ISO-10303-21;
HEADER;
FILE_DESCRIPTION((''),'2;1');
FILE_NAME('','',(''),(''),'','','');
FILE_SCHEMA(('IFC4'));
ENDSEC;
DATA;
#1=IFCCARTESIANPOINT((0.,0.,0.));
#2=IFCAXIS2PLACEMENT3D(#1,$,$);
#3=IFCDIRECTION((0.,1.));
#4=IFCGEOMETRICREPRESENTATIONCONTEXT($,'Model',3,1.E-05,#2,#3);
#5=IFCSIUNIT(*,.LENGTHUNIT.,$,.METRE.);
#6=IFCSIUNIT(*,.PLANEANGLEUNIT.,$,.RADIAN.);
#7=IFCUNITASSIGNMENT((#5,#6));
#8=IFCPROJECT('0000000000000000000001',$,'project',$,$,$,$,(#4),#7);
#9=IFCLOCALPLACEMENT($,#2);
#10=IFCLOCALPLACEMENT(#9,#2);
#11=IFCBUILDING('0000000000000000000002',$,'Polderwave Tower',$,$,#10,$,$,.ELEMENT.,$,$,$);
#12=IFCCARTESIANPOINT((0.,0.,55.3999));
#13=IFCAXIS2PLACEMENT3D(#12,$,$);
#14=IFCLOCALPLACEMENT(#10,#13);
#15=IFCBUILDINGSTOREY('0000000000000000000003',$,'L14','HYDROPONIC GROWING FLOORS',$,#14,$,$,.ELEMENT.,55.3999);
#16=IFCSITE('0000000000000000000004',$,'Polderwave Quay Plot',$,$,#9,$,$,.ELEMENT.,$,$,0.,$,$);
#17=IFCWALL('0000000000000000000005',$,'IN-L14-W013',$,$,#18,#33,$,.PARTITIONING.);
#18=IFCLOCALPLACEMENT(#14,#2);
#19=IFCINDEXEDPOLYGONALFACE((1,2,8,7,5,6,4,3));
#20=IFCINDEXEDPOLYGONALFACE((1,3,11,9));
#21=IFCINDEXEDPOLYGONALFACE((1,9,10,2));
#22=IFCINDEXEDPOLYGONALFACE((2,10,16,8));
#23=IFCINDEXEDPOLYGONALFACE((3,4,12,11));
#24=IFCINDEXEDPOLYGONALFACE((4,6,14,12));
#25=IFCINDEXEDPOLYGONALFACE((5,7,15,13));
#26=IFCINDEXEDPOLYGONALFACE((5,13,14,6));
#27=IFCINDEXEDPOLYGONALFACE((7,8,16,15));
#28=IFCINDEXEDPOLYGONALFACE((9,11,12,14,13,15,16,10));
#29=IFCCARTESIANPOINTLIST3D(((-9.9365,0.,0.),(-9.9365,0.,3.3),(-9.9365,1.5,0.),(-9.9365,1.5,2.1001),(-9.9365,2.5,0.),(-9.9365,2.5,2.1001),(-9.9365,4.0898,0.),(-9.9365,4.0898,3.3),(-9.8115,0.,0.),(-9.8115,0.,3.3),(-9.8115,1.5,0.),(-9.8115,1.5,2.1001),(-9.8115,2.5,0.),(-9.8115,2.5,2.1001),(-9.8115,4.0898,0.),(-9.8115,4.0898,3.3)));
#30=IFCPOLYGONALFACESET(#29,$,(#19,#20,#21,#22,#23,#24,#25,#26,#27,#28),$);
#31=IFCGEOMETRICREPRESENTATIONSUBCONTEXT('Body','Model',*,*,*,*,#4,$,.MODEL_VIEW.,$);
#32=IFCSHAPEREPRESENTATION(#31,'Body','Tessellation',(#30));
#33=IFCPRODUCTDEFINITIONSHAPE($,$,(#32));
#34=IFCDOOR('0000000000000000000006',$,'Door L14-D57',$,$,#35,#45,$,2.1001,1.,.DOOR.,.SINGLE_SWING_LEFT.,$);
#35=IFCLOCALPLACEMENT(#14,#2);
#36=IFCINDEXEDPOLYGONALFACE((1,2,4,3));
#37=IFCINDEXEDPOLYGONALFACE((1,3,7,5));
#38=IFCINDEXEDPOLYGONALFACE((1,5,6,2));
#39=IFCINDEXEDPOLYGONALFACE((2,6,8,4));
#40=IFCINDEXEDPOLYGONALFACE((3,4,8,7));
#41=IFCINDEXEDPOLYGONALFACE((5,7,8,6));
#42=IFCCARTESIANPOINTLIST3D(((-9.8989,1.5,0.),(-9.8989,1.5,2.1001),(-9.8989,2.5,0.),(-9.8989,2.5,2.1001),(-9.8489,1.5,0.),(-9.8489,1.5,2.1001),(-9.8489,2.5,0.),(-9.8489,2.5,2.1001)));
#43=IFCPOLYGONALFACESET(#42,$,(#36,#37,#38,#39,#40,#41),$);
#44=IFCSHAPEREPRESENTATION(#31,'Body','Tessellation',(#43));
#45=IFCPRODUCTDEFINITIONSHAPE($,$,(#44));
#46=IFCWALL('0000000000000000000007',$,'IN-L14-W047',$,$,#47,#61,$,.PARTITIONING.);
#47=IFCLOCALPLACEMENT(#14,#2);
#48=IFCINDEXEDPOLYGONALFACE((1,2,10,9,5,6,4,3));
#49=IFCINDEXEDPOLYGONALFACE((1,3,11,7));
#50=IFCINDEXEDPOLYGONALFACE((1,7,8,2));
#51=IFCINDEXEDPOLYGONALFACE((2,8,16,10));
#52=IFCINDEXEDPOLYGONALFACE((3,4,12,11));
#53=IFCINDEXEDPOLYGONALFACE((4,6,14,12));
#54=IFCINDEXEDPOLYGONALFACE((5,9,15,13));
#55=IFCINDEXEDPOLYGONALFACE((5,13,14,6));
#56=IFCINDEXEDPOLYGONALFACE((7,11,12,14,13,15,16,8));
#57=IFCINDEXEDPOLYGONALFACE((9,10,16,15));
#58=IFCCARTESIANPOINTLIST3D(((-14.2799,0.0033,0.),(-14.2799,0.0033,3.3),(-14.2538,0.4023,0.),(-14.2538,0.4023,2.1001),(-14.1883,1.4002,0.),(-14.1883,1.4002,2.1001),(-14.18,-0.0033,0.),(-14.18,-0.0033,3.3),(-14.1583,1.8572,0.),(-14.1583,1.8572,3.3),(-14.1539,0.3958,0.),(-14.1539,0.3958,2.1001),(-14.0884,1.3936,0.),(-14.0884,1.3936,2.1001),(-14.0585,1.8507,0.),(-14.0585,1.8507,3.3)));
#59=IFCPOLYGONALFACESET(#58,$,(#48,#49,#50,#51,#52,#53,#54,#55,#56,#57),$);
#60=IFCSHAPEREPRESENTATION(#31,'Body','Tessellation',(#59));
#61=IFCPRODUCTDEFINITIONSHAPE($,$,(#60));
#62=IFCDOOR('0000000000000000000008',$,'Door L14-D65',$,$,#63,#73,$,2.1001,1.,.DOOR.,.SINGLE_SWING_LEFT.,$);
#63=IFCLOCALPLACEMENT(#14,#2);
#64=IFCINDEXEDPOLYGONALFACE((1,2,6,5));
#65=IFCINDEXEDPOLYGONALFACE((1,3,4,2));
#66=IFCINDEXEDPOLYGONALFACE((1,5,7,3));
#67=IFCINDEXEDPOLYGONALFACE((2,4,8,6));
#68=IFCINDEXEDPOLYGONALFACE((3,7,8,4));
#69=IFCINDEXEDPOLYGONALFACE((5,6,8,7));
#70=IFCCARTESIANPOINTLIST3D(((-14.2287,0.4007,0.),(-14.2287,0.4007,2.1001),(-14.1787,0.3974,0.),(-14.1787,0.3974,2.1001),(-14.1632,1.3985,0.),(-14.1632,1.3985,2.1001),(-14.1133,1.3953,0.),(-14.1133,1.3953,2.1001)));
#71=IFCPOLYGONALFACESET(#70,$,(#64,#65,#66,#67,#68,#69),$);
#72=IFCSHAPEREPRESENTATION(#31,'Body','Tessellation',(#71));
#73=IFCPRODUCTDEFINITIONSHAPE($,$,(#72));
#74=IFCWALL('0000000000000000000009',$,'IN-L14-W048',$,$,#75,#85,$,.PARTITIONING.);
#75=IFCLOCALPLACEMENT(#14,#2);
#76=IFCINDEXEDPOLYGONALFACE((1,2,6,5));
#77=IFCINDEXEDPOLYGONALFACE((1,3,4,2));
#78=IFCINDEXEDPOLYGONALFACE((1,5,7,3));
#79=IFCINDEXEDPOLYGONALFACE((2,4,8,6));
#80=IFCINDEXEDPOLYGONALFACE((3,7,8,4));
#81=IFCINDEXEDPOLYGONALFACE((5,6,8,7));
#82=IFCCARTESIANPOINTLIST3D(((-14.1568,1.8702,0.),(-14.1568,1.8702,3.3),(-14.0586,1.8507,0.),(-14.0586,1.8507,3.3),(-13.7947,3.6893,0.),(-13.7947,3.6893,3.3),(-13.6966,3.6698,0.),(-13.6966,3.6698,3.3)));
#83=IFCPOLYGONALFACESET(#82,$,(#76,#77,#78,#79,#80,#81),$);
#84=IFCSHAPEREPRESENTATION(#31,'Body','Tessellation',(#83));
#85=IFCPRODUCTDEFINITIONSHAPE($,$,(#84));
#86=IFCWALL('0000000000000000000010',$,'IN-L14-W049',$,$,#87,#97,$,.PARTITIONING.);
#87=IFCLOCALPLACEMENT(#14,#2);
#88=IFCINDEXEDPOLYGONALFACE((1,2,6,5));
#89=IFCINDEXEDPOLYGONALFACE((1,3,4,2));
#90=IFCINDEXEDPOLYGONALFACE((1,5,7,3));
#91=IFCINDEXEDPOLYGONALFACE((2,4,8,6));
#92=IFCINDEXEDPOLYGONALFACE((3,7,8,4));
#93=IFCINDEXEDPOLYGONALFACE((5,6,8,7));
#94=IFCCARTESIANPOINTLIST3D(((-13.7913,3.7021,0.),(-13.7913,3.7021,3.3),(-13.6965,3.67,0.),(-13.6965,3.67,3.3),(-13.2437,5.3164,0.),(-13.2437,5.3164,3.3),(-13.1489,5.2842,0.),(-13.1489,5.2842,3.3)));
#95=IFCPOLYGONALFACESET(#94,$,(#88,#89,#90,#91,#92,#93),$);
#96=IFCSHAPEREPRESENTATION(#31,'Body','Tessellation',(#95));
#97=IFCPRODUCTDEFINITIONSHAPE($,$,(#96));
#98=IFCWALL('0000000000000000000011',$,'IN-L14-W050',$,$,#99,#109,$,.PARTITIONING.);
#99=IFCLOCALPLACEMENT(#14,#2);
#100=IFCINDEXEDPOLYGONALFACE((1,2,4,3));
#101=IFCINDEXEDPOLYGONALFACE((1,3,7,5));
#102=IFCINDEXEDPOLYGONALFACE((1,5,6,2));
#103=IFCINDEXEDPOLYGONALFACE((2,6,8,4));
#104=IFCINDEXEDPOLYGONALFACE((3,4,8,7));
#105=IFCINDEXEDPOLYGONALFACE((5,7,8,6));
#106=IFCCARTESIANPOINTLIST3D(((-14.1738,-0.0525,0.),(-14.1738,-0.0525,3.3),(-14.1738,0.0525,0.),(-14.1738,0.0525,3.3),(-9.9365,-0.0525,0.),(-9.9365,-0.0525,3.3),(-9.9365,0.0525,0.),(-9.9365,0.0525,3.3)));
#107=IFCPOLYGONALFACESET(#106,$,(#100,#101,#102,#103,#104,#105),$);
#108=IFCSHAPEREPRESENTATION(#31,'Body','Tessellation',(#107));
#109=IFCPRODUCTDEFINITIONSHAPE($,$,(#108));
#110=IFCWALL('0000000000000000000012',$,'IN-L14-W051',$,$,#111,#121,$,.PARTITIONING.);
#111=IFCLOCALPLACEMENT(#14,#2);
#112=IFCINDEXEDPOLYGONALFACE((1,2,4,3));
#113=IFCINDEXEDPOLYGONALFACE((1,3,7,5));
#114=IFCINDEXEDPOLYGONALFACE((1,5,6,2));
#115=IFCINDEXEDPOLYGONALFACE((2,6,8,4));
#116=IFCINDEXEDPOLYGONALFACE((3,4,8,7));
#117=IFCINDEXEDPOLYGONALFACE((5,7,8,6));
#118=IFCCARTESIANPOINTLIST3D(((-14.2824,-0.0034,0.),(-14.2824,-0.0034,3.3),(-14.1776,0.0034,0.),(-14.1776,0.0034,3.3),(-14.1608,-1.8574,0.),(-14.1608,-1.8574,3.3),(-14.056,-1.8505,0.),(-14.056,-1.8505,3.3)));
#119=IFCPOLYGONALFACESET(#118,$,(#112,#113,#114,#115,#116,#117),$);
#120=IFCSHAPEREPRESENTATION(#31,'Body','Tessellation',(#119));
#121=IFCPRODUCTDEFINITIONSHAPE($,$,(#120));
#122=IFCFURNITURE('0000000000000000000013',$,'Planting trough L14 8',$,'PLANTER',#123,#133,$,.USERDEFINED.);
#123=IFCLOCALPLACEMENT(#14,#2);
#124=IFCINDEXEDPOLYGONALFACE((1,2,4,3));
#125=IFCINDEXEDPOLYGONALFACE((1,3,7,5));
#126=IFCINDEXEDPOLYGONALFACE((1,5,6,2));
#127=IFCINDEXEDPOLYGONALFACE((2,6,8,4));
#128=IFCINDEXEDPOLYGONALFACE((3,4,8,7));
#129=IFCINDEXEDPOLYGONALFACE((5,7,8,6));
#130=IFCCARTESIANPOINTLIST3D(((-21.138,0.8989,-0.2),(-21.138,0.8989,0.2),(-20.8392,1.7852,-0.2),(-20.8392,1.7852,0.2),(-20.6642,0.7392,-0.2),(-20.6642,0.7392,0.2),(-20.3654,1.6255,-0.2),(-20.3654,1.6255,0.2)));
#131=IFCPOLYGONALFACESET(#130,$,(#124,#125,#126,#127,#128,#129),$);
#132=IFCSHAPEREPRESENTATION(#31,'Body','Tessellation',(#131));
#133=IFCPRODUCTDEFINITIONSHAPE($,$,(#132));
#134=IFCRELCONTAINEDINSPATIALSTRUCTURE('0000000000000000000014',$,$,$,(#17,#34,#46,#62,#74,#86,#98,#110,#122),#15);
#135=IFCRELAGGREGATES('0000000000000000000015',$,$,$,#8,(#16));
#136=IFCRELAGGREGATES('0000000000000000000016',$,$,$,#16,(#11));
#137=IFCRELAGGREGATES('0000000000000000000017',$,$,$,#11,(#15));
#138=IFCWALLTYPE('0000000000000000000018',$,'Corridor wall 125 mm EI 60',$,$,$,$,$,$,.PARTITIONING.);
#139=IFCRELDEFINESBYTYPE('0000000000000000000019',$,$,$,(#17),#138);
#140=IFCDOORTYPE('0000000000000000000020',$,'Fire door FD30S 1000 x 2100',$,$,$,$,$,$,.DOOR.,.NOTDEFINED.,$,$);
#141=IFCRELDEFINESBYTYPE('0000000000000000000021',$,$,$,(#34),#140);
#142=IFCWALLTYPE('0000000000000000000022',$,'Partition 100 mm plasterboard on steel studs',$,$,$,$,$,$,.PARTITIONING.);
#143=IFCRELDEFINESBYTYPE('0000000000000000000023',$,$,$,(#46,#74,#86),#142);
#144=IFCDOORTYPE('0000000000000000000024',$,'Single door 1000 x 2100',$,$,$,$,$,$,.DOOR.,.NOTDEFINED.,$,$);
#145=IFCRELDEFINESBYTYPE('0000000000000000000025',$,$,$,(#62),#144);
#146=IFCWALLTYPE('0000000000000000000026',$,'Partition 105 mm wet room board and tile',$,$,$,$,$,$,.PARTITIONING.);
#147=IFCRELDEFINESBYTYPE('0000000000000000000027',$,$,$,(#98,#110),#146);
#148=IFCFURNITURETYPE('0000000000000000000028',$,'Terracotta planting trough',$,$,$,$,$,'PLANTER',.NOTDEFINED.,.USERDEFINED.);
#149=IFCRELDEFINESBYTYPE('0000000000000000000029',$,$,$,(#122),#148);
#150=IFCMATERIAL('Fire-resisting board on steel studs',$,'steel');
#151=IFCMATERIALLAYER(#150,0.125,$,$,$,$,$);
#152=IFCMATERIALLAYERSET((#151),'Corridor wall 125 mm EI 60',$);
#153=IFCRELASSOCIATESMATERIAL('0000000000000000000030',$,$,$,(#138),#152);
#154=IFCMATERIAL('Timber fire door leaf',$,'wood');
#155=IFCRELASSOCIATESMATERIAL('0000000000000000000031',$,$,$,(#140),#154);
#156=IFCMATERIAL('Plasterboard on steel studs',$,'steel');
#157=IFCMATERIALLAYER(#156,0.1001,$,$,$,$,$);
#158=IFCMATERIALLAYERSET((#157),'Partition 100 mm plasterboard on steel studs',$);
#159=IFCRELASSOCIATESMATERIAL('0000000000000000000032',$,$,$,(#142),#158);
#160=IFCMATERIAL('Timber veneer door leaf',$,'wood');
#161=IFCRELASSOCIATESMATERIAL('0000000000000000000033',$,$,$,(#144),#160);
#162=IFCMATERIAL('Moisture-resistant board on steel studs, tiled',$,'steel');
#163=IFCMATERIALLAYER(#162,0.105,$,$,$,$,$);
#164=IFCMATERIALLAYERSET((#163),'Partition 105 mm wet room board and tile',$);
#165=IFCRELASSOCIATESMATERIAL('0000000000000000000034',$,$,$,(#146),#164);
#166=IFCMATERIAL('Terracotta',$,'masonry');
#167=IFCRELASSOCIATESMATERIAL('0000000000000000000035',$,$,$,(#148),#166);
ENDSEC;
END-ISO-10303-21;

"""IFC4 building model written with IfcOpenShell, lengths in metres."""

from ifc_helpers import new_model, si_unit, direction, frame, frame_2d, origin, origin_2d, place, context, subcontext, project, spatial, rectangle, extrude, material, layer, layer_set, type_object, element, fill, save


model = new_model("IFC4")

# Units and contexts
model_context = context("Model", 3, precision=1e-05, world=origin(), true_north=direction((0.0, 1.0)))
body_context = subcontext(model_context, "Body", "Model", "MODEL_VIEW")
ifc_project = project(units=[si_unit("LENGTHUNIT", "METRE"), si_unit("PLANEANGLEUNIT", "RADIAN")], contexts=[model_context])

# Site, building, storey
site_placement = place(None, origin())
site = spatial("IfcSite", under=ifc_project, at=site_placement, Name="Polderwave Quay Plot", CompositionType="ELEMENT", RefElevation=0.0)
building_placement = place(site_placement, origin())
building = spatial("IfcBuilding", under=site, at=building_placement, Name="Polderwave Tower", CompositionType="ELEMENT")
storey_placement = place(building_placement, frame((0.0, 0.0, 55.3999)))
storey = spatial("IfcBuildingStorey", under=building, at=storey_placement, Name="L14", Description="HYDROPONIC GROWING FLOORS", CompositionType="ELEMENT", Elevation=55.3999)

# Walls, openings, doors
ifc_material_1 = material(Name="Fire-resisting board on steel studs", Category="steel")
ifc_layer_1 = layer(ifc_material_1, 0.125)
ifc_layer_set_1 = layer_set([ifc_layer_1], Name="Corridor wall 125 mm EI 60")
wall_type_1 = type_object("IfcWallType", Name="Corridor wall 125 mm EI 60", PredefinedType="PARTITIONING", material=ifc_layer_set_1)
wall_1_placement = place(storey_placement, frame((-9.874, 0.0, 0.0), z_axis=(0.0, 0.0, 1.0), x_axis=(0.0, 1.0, 0.0)))
wall_1 = element("IfcWall", 1, at=wall_1_placement, inside=storey, type_object=wall_type_1, Name="IN-L14-W013", PredefinedType="PARTITIONING", context=body_context, shape_type="SweptSolid", body=[
    extrude(rectangle(XDim=4.0898, YDim=0.125, at=frame_2d((2.0449, 0.0))), origin(), (0.0, 0.0, 1.0), 3.3),
])
opening_1_placement = place(wall_1_placement, frame((1.5, 0.0, 0.0)))
opening_1 = element("IfcOpeningElement", 2, at=opening_1_placement, cuts=wall_1, PredefinedType="OPENING", context=body_context, shape_type="SweptSolid", body=[
    extrude(rectangle(XDim=1.0, YDim=2.1001, at=frame_2d((0.5, 1.05))), frame((0.0, 0.0725, 0.0), z_axis=(0.0, -1.0, 0.0), x_axis=(1.0, 0.0, 0.0)), (0.0, 0.0, 1.0), 0.145),
])
ifc_material_2 = material(Name="Timber fire door leaf", Category="wood")
door_type_1 = type_object("IfcDoorType", Name="Fire door FD30S 1000 x 2100", OperationType="NOTDEFINED", PredefinedType="DOOR", material=ifc_material_2)
door_1_placement = place(opening_1_placement, origin())
door_1 = element("IfcDoor", 3, at=door_1_placement, inside=storey, type_object=door_type_1, Name="Door L14-D57", OperationType="SINGLE_SWING_LEFT", OverallHeight=2.1001, OverallWidth=1.0, PredefinedType="DOOR", context=body_context, shape_type="SweptSolid", body=[
    extrude(rectangle(XDim=1.0, YDim=2.1001, at=frame_2d((0.5, 1.05))), frame((0.0, 0.0249, 0.0), z_axis=(0.0, -1.0, 0.0), x_axis=(1.0, 0.0, 0.0)), (0.0, 0.0, 1.0), 0.05),
])
fill(opening_1, door_1)
ifc_material_3 = material(Name="Plasterboard on steel studs", Category="steel")
ifc_layer_2 = layer(ifc_material_3, 0.1001)
ifc_layer_set_2 = layer_set([ifc_layer_2], Name="Partition 100 mm plasterboard on steel studs")
wall_type_2 = type_object("IfcWallType", Name="Partition 100 mm plasterboard on steel studs", PredefinedType="PARTITIONING", material=ifc_layer_set_2)
wall_2_placement = place(storey_placement, frame((-14.23, 0.0, 0.0), z_axis=(0.0, 0.0, 1.0), x_axis=(0.065438, 0.997857, 0.0)))
wall_2 = element("IfcWall", 4, at=wall_2_placement, inside=storey, type_object=wall_type_2, Name="IN-L14-W047", PredefinedType="PARTITIONING", context=body_context, shape_type="SweptSolid", body=[
    extrude(rectangle(XDim=1.8579, YDim=0.1001, at=frame_2d((0.929, 0.0))), origin(), (0.0, 0.0, 1.0), 3.3),
])
opening_2_placement = place(wall_2_placement, frame((0.3999, 0.0, 0.0)))
opening_2 = element("IfcOpeningElement", 5, at=opening_2_placement, cuts=wall_2, PredefinedType="OPENING", context=body_context, shape_type="SweptSolid", body=[
    extrude(rectangle(XDim=1.0, YDim=2.1001, at=frame_2d((0.5, 1.05))), frame((0.0, 0.0601, 0.0), z_axis=(0.0, -1.0, 0.0), x_axis=(1.0, 0.0, 0.0)), (0.0, 0.0, 1.0), 0.1201),
])
ifc_material_4 = material(Name="Timber veneer door leaf", Category="wood")
door_type_2 = type_object("IfcDoorType", Name="Single door 1000 x 2100", OperationType="NOTDEFINED", PredefinedType="DOOR", material=ifc_material_4)
door_2_placement = place(opening_2_placement, origin())
door_2 = element("IfcDoor", 6, at=door_2_placement, inside=storey, type_object=door_type_2, Name="Door L14-D65", OperationType="SINGLE_SWING_LEFT", OverallHeight=2.1001, OverallWidth=1.0, PredefinedType="DOOR", context=body_context, shape_type="SweptSolid", body=[
    extrude(rectangle(XDim=1.0, YDim=2.1001, at=frame_2d((0.5, 1.05))), frame((0.0, 0.0249, 0.0), z_axis=(0.0, -1.0, 0.0), x_axis=(1.0, 0.0, 0.0)), (0.0, 0.0, 1.0), 0.05),
])
fill(opening_2, door_2)

# Walls
wall_3_placement = place(storey_placement, frame((-14.1077, 1.8606, 0.0), z_axis=(0.0, 0.0, 1.0), x_axis=(0.195205, 0.980763, 0.0)))
element("IfcWall", 7, at=wall_3_placement, inside=storey, type_object=wall_type_2, Name="IN-L14-W048", PredefinedType="PARTITIONING", context=body_context, shape_type="SweptSolid", body=[
    extrude(rectangle(XDim=1.8547, YDim=0.1001, at=frame_2d((0.9272, 0.0))), origin(), (0.0, 0.0, 1.0), 3.3),
])
wall_4_placement = place(storey_placement, frame((-13.7439, 3.686, 0.0), z_axis=(0.0, 0.0, 1.0), x_axis=(0.32125, 0.946994, 0.0)))
element("IfcWall", 8, at=wall_4_placement, inside=storey, type_object=wall_type_2, Name="IN-L14-W049", PredefinedType="PARTITIONING", context=body_context, shape_type="SweptSolid", body=[
    extrude(rectangle(XDim=1.7046, YDim=0.1001, at=frame_2d((0.8523, 0.0))), origin(), (0.0, 0.0, 1.0), 3.3),
])
ifc_material_5 = material(Name="Moisture-resistant board on steel studs, tiled", Category="steel")
ifc_layer_3 = layer(ifc_material_5, 0.105)
ifc_layer_set_3 = layer_set([ifc_layer_3], Name="Partition 105 mm wet room board and tile")
wall_type_3 = type_object("IfcWallType", Name="Partition 105 mm wet room board and tile", PredefinedType="PARTITIONING", material=ifc_layer_set_3)
wall_5_placement = place(storey_placement, frame((-9.9365, 0.0, 0.0), z_axis=(0.0, 0.0, 1.0), x_axis=(-1.0, 0.0, 0.0)))
element("IfcWall", 9, at=wall_5_placement, inside=storey, type_object=wall_type_3, Name="IN-L14-W050", PredefinedType="PARTITIONING", context=body_context, shape_type="SweptSolid", body=[
    extrude(rectangle(XDim=4.2373, YDim=0.105, at=frame_2d((2.1187, 0.0))), origin(), (0.0, 0.0, 1.0), 3.3),
])
wall_6_placement = place(storey_placement, frame((-14.23, 0.0, 0.0), z_axis=(0.0, 0.0, 1.0), x_axis=(0.065438, -0.997857, 0.0)))
element("IfcWall", 10, at=wall_6_placement, inside=storey, type_object=wall_type_3, Name="IN-L14-W051", PredefinedType="PARTITIONING", context=body_context, shape_type="SweptSolid", body=[
    extrude(rectangle(XDim=1.8579, YDim=0.105, at=frame_2d((0.929, 0.0))), origin(), (0.0, 0.0, 1.0), 3.3),
])

# Furniture
ifc_material_6 = material(Name="Terracotta", Category="masonry")
furniture_type = type_object("IfcFurnitureType", Name="Terracotta planting trough", ElementType="PLANTER", AssemblyPlace="NOTDEFINED", PredefinedType="USERDEFINED", material=ifc_material_6)
furniture_placement = place(storey_placement, frame((-20.7517, 1.2622, -0.2), z_axis=(0.0, 0.0, 1.0), x_axis=(-0.3195, -0.947586, 0.0)))
element("IfcFurniture", 11, at=furniture_placement, inside=storey, type_object=furniture_type, Name="Planting trough L14 8", ObjectType="PLANTER", PredefinedType="USERDEFINED", context=body_context, shape_type="SweptSolid", body=[
    extrude(rectangle(XDim=0.9353, YDim=0.5, at=origin_2d()), origin(), (0.0, 0.0, 1.0), 0.3999),
])

save(model, "model.ifc")
